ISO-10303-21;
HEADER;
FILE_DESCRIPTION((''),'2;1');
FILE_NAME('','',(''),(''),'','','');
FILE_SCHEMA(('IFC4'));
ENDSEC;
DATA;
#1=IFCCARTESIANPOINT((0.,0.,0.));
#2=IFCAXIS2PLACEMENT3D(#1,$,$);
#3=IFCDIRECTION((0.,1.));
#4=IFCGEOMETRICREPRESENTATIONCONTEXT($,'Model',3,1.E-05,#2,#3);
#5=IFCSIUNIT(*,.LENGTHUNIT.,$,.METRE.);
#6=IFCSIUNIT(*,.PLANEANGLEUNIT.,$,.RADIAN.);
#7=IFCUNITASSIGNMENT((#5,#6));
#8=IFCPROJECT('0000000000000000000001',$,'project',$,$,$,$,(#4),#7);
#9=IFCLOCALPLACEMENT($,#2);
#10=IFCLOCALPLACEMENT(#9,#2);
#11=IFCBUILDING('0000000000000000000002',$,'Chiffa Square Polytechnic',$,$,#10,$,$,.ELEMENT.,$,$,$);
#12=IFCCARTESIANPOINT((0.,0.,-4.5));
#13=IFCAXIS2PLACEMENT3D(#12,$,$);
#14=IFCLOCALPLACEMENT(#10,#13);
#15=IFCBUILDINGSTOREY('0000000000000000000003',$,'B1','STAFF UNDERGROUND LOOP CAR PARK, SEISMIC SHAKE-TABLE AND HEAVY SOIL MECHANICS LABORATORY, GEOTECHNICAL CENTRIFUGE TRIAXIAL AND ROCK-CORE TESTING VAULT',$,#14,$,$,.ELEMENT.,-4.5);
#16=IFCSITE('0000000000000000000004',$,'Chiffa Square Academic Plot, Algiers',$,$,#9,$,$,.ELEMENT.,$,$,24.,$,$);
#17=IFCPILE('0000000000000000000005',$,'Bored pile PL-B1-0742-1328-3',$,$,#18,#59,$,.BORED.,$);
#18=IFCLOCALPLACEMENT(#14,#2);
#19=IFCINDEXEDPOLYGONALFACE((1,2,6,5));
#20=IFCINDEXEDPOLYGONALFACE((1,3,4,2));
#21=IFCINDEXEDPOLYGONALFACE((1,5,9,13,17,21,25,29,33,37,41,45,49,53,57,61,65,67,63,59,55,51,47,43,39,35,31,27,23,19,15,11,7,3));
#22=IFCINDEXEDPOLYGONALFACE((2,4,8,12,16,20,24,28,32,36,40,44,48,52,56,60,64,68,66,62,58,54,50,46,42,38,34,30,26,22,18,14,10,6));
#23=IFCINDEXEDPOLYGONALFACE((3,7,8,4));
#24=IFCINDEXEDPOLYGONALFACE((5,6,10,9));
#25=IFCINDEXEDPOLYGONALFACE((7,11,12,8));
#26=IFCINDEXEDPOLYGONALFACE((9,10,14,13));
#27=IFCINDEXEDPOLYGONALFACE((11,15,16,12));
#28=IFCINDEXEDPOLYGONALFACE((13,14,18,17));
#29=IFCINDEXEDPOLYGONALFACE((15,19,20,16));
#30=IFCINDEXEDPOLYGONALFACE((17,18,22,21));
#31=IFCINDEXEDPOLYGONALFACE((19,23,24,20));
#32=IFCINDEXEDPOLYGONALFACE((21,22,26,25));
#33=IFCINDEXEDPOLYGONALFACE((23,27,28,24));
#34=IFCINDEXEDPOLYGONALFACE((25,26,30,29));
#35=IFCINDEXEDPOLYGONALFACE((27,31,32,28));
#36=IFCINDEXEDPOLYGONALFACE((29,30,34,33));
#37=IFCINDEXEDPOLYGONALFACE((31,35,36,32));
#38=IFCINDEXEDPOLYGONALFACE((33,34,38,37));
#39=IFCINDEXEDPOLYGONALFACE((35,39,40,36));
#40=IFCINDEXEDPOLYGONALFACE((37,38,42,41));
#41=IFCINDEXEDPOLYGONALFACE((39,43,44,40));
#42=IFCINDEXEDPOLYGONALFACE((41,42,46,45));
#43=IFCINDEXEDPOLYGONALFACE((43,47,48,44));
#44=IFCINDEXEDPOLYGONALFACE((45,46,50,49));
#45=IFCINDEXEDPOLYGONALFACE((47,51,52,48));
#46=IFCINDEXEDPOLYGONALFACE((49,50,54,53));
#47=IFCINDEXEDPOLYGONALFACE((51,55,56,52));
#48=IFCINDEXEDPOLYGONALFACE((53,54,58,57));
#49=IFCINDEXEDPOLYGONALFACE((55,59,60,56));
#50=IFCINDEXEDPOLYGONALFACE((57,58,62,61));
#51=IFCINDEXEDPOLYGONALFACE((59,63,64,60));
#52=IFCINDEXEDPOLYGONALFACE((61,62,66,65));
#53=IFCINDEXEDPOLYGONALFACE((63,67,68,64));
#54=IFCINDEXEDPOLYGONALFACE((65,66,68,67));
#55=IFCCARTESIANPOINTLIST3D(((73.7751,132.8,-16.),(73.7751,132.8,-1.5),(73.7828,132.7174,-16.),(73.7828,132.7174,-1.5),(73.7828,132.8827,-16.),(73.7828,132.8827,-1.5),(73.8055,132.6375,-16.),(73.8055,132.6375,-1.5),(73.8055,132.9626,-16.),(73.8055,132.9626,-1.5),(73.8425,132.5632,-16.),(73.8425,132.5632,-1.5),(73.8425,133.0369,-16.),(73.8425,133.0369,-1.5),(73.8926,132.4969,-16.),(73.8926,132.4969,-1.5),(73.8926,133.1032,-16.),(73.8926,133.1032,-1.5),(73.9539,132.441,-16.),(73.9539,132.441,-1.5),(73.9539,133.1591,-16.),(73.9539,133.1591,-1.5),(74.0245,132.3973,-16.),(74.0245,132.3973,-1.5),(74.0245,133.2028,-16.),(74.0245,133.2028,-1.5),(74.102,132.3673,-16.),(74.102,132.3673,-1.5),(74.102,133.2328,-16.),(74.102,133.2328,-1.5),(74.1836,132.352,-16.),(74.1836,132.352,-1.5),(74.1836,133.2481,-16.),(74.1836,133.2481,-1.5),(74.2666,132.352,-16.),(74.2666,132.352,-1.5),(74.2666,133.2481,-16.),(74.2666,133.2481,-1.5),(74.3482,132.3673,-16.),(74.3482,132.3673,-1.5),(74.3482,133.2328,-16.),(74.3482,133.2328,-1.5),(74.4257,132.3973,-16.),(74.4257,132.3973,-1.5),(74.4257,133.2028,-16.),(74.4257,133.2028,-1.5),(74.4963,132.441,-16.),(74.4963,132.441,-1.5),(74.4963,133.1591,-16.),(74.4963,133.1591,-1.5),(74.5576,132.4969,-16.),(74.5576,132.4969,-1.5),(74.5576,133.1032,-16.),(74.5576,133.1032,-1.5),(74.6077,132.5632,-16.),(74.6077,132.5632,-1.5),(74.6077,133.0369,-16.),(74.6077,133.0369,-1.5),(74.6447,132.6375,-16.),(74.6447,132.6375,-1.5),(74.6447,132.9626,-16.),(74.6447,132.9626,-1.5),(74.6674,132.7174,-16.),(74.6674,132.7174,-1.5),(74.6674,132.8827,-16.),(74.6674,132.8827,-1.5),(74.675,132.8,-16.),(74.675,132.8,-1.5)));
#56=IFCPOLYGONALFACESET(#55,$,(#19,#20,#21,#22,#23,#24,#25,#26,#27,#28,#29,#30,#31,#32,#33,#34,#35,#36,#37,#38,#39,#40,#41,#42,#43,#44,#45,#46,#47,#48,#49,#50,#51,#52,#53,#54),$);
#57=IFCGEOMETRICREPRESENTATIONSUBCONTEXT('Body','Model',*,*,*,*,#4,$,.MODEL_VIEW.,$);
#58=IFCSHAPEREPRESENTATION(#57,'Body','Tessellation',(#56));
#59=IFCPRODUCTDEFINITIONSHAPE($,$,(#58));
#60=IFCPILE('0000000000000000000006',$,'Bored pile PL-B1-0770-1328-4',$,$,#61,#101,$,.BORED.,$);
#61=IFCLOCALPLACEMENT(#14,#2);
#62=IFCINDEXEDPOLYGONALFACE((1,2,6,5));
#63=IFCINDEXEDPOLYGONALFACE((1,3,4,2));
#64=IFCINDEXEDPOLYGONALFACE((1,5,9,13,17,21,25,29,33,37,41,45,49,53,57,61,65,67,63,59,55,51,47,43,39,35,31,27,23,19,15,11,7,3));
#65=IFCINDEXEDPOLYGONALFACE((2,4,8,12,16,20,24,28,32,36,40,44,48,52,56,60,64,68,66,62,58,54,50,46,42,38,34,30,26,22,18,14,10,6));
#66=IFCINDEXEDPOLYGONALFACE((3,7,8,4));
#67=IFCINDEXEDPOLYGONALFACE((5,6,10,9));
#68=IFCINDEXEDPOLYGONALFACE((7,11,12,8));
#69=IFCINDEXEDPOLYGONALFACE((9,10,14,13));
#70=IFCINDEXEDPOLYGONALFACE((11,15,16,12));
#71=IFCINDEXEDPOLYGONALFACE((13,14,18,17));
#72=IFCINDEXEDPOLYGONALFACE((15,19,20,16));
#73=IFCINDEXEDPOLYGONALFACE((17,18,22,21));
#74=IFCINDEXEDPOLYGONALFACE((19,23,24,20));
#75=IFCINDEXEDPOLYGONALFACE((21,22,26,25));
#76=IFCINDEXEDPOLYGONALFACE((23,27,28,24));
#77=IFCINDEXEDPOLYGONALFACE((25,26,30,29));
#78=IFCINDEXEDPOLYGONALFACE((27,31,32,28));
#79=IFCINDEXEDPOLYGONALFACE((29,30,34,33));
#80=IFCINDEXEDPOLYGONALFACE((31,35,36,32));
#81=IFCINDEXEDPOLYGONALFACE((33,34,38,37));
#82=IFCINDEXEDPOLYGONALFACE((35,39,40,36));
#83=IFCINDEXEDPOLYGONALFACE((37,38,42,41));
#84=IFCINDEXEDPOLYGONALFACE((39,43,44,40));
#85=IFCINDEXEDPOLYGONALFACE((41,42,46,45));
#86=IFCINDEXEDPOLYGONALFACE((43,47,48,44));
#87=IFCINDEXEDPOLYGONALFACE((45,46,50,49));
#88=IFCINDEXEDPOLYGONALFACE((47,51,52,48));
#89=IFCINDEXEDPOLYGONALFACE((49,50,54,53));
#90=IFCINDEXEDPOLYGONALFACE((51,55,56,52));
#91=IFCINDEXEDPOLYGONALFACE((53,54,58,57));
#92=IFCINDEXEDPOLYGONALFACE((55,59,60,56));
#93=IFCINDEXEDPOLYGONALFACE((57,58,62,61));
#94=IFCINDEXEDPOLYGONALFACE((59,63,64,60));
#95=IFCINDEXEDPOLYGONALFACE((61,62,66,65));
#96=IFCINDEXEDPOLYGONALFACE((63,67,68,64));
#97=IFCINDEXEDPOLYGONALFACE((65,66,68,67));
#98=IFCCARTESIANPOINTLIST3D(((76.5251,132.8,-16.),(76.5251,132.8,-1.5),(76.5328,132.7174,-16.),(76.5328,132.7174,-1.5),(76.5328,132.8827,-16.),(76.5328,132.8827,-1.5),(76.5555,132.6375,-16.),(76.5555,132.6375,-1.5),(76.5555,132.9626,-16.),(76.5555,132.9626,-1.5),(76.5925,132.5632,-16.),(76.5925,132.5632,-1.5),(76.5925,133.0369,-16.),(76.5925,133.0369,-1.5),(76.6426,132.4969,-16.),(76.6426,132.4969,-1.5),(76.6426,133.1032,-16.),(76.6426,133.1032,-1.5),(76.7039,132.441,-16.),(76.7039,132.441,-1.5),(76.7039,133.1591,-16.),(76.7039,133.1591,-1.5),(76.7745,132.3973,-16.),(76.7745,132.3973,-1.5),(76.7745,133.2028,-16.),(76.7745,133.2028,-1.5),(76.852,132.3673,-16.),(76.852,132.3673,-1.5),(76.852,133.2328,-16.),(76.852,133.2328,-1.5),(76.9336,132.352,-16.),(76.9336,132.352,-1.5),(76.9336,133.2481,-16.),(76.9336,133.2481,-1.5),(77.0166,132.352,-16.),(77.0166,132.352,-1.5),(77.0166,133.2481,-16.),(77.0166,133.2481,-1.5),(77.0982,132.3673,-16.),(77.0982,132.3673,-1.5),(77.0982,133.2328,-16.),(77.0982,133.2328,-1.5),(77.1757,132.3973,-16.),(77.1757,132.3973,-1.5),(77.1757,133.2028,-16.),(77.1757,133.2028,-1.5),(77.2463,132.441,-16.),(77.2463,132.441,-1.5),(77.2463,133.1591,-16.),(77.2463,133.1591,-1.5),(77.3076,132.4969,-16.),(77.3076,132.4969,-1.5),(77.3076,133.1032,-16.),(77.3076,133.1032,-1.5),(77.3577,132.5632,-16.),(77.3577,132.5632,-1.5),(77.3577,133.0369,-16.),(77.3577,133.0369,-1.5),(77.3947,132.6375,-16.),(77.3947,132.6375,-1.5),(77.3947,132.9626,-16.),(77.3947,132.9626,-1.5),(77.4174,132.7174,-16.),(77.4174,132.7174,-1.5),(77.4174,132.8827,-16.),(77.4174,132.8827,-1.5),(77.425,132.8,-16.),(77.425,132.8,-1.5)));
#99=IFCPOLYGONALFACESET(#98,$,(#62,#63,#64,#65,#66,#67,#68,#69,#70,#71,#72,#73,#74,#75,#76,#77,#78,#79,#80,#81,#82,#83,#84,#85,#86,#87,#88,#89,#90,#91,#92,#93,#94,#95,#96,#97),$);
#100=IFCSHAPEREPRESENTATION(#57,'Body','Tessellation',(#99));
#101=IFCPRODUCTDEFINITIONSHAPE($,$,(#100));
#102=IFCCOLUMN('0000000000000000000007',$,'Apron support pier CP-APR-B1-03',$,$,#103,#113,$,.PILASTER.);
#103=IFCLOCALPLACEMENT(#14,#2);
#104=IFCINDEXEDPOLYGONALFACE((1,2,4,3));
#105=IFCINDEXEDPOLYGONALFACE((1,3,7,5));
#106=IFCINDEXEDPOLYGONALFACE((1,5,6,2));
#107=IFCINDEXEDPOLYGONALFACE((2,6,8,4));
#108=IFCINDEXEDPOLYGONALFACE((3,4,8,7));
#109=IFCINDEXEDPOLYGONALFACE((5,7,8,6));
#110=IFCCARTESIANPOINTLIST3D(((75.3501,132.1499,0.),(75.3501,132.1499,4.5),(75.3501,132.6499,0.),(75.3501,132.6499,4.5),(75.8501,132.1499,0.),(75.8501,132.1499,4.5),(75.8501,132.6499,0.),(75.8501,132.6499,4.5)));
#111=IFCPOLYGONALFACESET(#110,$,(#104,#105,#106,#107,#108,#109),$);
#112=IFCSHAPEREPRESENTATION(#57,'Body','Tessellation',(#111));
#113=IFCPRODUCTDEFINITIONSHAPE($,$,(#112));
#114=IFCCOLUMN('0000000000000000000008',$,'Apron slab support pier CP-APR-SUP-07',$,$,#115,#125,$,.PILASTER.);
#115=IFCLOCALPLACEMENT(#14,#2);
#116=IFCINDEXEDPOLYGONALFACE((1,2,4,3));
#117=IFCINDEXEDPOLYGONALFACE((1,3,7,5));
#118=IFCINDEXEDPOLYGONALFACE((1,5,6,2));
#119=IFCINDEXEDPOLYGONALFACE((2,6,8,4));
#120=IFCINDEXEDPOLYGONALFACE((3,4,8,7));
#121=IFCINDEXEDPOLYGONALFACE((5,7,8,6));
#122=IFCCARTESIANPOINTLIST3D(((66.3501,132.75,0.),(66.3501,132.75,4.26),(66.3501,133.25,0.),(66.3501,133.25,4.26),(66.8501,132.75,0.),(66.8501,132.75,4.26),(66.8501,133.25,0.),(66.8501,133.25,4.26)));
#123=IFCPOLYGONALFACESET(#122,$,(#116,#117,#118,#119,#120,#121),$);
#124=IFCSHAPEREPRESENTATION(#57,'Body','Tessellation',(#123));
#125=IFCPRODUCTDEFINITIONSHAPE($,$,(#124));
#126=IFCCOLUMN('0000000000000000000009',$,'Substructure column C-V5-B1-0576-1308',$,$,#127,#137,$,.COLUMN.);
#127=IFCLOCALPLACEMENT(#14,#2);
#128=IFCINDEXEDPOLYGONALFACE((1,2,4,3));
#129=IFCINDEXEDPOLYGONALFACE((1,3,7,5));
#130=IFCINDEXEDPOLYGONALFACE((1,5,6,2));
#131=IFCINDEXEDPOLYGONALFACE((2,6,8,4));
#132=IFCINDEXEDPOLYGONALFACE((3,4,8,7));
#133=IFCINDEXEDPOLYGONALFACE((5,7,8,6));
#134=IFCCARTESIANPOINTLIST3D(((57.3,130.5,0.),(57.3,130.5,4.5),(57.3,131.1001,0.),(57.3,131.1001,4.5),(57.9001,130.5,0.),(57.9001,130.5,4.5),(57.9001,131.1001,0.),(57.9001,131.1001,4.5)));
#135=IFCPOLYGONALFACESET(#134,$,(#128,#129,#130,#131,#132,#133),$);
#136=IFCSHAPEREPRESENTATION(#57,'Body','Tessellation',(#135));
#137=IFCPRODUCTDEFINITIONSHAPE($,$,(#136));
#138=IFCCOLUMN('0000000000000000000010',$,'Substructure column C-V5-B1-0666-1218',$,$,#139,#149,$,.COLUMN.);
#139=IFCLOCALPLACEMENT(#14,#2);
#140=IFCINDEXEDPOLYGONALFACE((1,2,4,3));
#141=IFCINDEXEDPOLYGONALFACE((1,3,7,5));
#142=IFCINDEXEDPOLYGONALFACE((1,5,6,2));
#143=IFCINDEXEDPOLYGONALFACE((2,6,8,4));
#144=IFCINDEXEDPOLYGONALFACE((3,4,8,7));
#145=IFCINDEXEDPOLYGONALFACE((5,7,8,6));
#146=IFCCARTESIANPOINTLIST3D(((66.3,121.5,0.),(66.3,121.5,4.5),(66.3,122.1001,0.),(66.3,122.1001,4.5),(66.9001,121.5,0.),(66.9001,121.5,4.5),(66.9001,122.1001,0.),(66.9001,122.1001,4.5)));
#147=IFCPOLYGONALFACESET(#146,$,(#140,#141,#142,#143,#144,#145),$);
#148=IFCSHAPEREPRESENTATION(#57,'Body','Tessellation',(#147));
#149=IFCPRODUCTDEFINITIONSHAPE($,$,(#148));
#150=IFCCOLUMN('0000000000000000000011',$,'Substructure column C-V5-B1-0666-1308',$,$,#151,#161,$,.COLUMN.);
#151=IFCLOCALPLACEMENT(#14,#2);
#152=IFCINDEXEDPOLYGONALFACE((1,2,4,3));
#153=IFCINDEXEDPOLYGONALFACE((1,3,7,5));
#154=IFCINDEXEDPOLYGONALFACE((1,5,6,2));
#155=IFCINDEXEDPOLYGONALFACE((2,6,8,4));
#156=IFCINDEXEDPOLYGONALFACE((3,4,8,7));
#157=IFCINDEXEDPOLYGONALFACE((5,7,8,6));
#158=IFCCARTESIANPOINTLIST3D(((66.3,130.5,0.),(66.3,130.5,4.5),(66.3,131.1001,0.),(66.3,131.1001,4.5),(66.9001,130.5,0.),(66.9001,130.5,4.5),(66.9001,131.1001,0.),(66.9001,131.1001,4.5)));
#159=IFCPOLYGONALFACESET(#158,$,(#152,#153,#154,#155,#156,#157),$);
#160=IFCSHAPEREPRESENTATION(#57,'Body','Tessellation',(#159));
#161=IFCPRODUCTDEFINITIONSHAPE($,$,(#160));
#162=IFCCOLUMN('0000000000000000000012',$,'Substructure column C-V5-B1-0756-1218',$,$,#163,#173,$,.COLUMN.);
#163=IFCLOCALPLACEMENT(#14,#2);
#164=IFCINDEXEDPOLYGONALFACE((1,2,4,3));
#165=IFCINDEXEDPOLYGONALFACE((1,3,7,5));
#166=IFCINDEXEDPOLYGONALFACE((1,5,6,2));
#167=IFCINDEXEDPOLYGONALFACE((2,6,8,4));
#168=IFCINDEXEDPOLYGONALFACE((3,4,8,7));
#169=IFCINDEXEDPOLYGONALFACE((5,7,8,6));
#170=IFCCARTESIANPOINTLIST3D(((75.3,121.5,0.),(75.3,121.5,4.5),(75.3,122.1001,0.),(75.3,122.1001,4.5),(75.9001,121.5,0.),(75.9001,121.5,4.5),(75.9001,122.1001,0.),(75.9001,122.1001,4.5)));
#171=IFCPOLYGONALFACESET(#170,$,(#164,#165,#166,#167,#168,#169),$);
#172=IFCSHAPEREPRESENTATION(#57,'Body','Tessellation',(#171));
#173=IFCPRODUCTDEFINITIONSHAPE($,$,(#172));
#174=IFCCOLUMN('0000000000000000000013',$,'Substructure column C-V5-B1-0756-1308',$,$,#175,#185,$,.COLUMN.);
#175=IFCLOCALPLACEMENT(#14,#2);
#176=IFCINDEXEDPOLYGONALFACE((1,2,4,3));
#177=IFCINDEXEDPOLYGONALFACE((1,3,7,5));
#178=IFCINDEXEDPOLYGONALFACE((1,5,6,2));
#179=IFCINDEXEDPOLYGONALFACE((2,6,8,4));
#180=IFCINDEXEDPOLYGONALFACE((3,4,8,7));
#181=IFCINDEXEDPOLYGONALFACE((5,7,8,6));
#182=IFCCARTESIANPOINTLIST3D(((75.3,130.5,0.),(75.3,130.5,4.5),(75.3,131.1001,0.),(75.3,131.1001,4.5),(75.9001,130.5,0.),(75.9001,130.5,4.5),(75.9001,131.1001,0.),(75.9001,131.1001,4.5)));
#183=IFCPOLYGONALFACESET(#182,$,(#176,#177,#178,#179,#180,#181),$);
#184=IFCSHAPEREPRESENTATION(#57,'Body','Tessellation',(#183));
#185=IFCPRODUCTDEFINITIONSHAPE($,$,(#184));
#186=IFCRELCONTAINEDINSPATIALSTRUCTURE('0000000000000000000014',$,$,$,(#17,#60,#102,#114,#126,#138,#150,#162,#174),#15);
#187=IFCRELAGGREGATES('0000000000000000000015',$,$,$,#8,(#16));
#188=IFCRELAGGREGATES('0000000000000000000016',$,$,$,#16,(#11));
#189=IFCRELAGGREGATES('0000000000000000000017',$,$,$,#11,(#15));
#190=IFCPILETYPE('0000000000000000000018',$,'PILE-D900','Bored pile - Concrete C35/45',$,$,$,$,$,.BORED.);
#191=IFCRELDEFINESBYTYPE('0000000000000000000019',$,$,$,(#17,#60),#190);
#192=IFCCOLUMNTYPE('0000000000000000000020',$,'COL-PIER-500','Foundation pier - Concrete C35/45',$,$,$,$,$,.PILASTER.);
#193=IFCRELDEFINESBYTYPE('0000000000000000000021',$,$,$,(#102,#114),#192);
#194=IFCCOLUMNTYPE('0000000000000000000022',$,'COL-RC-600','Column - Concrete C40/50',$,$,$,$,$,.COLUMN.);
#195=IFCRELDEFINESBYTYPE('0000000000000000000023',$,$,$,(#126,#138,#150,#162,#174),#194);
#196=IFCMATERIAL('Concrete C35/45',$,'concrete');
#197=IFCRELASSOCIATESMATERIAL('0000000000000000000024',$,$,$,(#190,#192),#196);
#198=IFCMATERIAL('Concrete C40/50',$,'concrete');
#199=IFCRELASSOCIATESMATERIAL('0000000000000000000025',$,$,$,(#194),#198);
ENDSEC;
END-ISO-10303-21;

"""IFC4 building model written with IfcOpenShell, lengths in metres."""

from ifc_helpers import new_model, si_unit, direction, frame, origin, origin_2d, place, context, subcontext, project, spatial, rectangle, circle, extrude, material, material_profile, profile_set, type_object, element, save


model = new_model("IFC4")

# Units and contexts
model_context = context("Model", 3, precision=1e-05, world=origin(), true_north=direction((0.0, 1.0)))
body_context = subcontext(model_context, "Body", "Model", "MODEL_VIEW")
ifc_project = project(units=[si_unit("LENGTHUNIT", "METRE"), si_unit("PLANEANGLEUNIT", "RADIAN")], contexts=[model_context])

# Site, building, storey
site_placement = place(None, origin())
site = spatial("IfcSite", under=ifc_project, at=site_placement, Name="Chiffa Square Academic Plot, Algiers", CompositionType="ELEMENT", RefElevation=24.0)
building_placement = place(site_placement, origin())
building = spatial("IfcBuilding", under=site, at=building_placement, Name="Chiffa Square Polytechnic", CompositionType="ELEMENT")
storey_placement = place(building_placement, frame((0.0, 0.0, -4.5)))
storey = spatial("IfcBuildingStorey", under=building, at=storey_placement, Name="B1", Description="STAFF UNDERGROUND LOOP CAR PARK, SEISMIC SHAKE-TABLE AND HEAVY SOIL MECHANICS LABORATORY, GEOTECHNICAL CENTRIFUGE TRIAXIAL AND ROCK-CORE TESTING VAULT", CompositionType="ELEMENT", Elevation=-4.5)

# Shared definitions
ifc_material_1 = material(Name="Concrete C35/45", Category="concrete")

# Piles
ifc_material_profile_1 = material_profile(ifc_material_1, circle(Radius=0.45, at=origin_2d()), Name="PILE D900")
ifc_profile_set_1 = profile_set([ifc_material_profile_1], Name="Concrete C35/45")
pile_type_1 = type_object("IfcPileType", Name="PILE-D900", Description="Bored pile - Concrete C35/45", PredefinedType="BORED", material=ifc_profile_set_1)
for number, where, z_axis, x_axis, name in (
    (1, (74.2251, 132.8, -1.5), (0.0, 0.0, -1.0), (1.0, 0.0, 0.0), "Bored pile PL-B1-0742-1328-3"),
    (2, (76.9751, 132.8, -1.5), (0.0, 0.0, -1.0), (1.0, 0.0, 0.0), "Bored pile PL-B1-0770-1328-4"),
):
    element("IfcPile", number, at=place(storey_placement, frame(where, z_axis=z_axis, x_axis=x_axis)), inside=storey, type_object=pile_type_1, Name=name, PredefinedType="BORED", context=body_context, shape_type="SweptSolid", body=[
        extrude(circle(Radius=0.45, at=origin_2d()), origin(), (0.0, 0.0, 1.0), 14.5),
    ])

# Columns
ifc_material_profile_2 = material_profile(ifc_material_1, rectangle(XDim=0.5, YDim=0.5, at=origin_2d()), Name="RC 500x500")
ifc_profile_set_2 = profile_set([ifc_material_profile_2], Name="Concrete C35/45")
column_type_1 = type_object("IfcColumnType", Name="COL-PIER-500", Description="Foundation pier - Concrete C35/45", PredefinedType="PILASTER", material=ifc_profile_set_2)
column_1_placement = place(storey_placement, frame((75.6001, 132.3999, 0.0), z_axis=(0.0, 0.0, 1.0), x_axis=(1.0, 0.0, 0.0)))
element("IfcColumn", 3, at=column_1_placement, inside=storey, type_object=column_type_1, Name="Apron support pier CP-APR-B1-03", PredefinedType="PILASTER", context=body_context, shape_type="SweptSolid", body=[
    extrude(rectangle(XDim=0.5, YDim=0.5, at=origin_2d()), origin(), (0.0, 0.0, 1.0), 4.5),
])
column_2_placement = place(storey_placement, frame((66.6001, 133.0, 0.0), z_axis=(0.0, 0.0, 1.0), x_axis=(1.0, 0.0, 0.0)))
element("IfcColumn", 4, at=column_2_placement, inside=storey, type_object=column_type_1, Name="Apron slab support pier CP-APR-SUP-07", PredefinedType="PILASTER", context=body_context, shape_type="SweptSolid", body=[
    extrude(rectangle(XDim=0.5, YDim=0.5, at=origin_2d()), origin(), (0.0, 0.0, 1.0), 4.26),
])
ifc_material_2 = material(Name="Concrete C40/50", Category="concrete")
ifc_material_profile_3 = material_profile(ifc_material_2, rectangle(XDim=0.6001, YDim=0.6001, at=origin_2d()), Name="RC 600x600")
ifc_profile_set_3 = profile_set([ifc_material_profile_3], Name="Concrete C40/50")
column_type_2 = type_object("IfcColumnType", Name="COL-RC-600", Description="Column - Concrete C40/50", PredefinedType="COLUMN", material=ifc_profile_set_3)
for number, where, z_axis, x_axis, name in (
    (5, (57.6001, 130.8, 0.0), (0.0, 0.0, 1.0), (1.0, 0.0, 0.0), "Substructure column C-V5-B1-0576-1308"),
    (6, (66.6001, 121.8, 0.0), (0.0, 0.0, 1.0), (1.0, 0.0, 0.0), "Substructure column C-V5-B1-0666-1218"),
    (7, (66.6001, 130.8, 0.0), (0.0, 0.0, 1.0), (1.0, 0.0, 0.0), "Substructure column C-V5-B1-0666-1308"),
    (8, (75.6001, 121.8, 0.0), (0.0, 0.0, 1.0), (1.0, 0.0, 0.0), "Substructure column C-V5-B1-0756-1218"),
    (9, (75.6001, 130.8, 0.0), (0.0, 0.0, 1.0), (1.0, 0.0, 0.0), "Substructure column C-V5-B1-0756-1308"),
):
    element("IfcColumn", number, at=place(storey_placement, frame(where, z_axis=z_axis, x_axis=x_axis)), inside=storey, type_object=column_type_2, Name=name, PredefinedType="COLUMN", context=body_context, shape_type="SweptSolid", body=[
        extrude(rectangle(XDim=0.6001, YDim=0.6001, at=origin_2d()), origin(), (0.0, 0.0, 1.0), 4.5),
    ])

save(model, "model.ifc")
